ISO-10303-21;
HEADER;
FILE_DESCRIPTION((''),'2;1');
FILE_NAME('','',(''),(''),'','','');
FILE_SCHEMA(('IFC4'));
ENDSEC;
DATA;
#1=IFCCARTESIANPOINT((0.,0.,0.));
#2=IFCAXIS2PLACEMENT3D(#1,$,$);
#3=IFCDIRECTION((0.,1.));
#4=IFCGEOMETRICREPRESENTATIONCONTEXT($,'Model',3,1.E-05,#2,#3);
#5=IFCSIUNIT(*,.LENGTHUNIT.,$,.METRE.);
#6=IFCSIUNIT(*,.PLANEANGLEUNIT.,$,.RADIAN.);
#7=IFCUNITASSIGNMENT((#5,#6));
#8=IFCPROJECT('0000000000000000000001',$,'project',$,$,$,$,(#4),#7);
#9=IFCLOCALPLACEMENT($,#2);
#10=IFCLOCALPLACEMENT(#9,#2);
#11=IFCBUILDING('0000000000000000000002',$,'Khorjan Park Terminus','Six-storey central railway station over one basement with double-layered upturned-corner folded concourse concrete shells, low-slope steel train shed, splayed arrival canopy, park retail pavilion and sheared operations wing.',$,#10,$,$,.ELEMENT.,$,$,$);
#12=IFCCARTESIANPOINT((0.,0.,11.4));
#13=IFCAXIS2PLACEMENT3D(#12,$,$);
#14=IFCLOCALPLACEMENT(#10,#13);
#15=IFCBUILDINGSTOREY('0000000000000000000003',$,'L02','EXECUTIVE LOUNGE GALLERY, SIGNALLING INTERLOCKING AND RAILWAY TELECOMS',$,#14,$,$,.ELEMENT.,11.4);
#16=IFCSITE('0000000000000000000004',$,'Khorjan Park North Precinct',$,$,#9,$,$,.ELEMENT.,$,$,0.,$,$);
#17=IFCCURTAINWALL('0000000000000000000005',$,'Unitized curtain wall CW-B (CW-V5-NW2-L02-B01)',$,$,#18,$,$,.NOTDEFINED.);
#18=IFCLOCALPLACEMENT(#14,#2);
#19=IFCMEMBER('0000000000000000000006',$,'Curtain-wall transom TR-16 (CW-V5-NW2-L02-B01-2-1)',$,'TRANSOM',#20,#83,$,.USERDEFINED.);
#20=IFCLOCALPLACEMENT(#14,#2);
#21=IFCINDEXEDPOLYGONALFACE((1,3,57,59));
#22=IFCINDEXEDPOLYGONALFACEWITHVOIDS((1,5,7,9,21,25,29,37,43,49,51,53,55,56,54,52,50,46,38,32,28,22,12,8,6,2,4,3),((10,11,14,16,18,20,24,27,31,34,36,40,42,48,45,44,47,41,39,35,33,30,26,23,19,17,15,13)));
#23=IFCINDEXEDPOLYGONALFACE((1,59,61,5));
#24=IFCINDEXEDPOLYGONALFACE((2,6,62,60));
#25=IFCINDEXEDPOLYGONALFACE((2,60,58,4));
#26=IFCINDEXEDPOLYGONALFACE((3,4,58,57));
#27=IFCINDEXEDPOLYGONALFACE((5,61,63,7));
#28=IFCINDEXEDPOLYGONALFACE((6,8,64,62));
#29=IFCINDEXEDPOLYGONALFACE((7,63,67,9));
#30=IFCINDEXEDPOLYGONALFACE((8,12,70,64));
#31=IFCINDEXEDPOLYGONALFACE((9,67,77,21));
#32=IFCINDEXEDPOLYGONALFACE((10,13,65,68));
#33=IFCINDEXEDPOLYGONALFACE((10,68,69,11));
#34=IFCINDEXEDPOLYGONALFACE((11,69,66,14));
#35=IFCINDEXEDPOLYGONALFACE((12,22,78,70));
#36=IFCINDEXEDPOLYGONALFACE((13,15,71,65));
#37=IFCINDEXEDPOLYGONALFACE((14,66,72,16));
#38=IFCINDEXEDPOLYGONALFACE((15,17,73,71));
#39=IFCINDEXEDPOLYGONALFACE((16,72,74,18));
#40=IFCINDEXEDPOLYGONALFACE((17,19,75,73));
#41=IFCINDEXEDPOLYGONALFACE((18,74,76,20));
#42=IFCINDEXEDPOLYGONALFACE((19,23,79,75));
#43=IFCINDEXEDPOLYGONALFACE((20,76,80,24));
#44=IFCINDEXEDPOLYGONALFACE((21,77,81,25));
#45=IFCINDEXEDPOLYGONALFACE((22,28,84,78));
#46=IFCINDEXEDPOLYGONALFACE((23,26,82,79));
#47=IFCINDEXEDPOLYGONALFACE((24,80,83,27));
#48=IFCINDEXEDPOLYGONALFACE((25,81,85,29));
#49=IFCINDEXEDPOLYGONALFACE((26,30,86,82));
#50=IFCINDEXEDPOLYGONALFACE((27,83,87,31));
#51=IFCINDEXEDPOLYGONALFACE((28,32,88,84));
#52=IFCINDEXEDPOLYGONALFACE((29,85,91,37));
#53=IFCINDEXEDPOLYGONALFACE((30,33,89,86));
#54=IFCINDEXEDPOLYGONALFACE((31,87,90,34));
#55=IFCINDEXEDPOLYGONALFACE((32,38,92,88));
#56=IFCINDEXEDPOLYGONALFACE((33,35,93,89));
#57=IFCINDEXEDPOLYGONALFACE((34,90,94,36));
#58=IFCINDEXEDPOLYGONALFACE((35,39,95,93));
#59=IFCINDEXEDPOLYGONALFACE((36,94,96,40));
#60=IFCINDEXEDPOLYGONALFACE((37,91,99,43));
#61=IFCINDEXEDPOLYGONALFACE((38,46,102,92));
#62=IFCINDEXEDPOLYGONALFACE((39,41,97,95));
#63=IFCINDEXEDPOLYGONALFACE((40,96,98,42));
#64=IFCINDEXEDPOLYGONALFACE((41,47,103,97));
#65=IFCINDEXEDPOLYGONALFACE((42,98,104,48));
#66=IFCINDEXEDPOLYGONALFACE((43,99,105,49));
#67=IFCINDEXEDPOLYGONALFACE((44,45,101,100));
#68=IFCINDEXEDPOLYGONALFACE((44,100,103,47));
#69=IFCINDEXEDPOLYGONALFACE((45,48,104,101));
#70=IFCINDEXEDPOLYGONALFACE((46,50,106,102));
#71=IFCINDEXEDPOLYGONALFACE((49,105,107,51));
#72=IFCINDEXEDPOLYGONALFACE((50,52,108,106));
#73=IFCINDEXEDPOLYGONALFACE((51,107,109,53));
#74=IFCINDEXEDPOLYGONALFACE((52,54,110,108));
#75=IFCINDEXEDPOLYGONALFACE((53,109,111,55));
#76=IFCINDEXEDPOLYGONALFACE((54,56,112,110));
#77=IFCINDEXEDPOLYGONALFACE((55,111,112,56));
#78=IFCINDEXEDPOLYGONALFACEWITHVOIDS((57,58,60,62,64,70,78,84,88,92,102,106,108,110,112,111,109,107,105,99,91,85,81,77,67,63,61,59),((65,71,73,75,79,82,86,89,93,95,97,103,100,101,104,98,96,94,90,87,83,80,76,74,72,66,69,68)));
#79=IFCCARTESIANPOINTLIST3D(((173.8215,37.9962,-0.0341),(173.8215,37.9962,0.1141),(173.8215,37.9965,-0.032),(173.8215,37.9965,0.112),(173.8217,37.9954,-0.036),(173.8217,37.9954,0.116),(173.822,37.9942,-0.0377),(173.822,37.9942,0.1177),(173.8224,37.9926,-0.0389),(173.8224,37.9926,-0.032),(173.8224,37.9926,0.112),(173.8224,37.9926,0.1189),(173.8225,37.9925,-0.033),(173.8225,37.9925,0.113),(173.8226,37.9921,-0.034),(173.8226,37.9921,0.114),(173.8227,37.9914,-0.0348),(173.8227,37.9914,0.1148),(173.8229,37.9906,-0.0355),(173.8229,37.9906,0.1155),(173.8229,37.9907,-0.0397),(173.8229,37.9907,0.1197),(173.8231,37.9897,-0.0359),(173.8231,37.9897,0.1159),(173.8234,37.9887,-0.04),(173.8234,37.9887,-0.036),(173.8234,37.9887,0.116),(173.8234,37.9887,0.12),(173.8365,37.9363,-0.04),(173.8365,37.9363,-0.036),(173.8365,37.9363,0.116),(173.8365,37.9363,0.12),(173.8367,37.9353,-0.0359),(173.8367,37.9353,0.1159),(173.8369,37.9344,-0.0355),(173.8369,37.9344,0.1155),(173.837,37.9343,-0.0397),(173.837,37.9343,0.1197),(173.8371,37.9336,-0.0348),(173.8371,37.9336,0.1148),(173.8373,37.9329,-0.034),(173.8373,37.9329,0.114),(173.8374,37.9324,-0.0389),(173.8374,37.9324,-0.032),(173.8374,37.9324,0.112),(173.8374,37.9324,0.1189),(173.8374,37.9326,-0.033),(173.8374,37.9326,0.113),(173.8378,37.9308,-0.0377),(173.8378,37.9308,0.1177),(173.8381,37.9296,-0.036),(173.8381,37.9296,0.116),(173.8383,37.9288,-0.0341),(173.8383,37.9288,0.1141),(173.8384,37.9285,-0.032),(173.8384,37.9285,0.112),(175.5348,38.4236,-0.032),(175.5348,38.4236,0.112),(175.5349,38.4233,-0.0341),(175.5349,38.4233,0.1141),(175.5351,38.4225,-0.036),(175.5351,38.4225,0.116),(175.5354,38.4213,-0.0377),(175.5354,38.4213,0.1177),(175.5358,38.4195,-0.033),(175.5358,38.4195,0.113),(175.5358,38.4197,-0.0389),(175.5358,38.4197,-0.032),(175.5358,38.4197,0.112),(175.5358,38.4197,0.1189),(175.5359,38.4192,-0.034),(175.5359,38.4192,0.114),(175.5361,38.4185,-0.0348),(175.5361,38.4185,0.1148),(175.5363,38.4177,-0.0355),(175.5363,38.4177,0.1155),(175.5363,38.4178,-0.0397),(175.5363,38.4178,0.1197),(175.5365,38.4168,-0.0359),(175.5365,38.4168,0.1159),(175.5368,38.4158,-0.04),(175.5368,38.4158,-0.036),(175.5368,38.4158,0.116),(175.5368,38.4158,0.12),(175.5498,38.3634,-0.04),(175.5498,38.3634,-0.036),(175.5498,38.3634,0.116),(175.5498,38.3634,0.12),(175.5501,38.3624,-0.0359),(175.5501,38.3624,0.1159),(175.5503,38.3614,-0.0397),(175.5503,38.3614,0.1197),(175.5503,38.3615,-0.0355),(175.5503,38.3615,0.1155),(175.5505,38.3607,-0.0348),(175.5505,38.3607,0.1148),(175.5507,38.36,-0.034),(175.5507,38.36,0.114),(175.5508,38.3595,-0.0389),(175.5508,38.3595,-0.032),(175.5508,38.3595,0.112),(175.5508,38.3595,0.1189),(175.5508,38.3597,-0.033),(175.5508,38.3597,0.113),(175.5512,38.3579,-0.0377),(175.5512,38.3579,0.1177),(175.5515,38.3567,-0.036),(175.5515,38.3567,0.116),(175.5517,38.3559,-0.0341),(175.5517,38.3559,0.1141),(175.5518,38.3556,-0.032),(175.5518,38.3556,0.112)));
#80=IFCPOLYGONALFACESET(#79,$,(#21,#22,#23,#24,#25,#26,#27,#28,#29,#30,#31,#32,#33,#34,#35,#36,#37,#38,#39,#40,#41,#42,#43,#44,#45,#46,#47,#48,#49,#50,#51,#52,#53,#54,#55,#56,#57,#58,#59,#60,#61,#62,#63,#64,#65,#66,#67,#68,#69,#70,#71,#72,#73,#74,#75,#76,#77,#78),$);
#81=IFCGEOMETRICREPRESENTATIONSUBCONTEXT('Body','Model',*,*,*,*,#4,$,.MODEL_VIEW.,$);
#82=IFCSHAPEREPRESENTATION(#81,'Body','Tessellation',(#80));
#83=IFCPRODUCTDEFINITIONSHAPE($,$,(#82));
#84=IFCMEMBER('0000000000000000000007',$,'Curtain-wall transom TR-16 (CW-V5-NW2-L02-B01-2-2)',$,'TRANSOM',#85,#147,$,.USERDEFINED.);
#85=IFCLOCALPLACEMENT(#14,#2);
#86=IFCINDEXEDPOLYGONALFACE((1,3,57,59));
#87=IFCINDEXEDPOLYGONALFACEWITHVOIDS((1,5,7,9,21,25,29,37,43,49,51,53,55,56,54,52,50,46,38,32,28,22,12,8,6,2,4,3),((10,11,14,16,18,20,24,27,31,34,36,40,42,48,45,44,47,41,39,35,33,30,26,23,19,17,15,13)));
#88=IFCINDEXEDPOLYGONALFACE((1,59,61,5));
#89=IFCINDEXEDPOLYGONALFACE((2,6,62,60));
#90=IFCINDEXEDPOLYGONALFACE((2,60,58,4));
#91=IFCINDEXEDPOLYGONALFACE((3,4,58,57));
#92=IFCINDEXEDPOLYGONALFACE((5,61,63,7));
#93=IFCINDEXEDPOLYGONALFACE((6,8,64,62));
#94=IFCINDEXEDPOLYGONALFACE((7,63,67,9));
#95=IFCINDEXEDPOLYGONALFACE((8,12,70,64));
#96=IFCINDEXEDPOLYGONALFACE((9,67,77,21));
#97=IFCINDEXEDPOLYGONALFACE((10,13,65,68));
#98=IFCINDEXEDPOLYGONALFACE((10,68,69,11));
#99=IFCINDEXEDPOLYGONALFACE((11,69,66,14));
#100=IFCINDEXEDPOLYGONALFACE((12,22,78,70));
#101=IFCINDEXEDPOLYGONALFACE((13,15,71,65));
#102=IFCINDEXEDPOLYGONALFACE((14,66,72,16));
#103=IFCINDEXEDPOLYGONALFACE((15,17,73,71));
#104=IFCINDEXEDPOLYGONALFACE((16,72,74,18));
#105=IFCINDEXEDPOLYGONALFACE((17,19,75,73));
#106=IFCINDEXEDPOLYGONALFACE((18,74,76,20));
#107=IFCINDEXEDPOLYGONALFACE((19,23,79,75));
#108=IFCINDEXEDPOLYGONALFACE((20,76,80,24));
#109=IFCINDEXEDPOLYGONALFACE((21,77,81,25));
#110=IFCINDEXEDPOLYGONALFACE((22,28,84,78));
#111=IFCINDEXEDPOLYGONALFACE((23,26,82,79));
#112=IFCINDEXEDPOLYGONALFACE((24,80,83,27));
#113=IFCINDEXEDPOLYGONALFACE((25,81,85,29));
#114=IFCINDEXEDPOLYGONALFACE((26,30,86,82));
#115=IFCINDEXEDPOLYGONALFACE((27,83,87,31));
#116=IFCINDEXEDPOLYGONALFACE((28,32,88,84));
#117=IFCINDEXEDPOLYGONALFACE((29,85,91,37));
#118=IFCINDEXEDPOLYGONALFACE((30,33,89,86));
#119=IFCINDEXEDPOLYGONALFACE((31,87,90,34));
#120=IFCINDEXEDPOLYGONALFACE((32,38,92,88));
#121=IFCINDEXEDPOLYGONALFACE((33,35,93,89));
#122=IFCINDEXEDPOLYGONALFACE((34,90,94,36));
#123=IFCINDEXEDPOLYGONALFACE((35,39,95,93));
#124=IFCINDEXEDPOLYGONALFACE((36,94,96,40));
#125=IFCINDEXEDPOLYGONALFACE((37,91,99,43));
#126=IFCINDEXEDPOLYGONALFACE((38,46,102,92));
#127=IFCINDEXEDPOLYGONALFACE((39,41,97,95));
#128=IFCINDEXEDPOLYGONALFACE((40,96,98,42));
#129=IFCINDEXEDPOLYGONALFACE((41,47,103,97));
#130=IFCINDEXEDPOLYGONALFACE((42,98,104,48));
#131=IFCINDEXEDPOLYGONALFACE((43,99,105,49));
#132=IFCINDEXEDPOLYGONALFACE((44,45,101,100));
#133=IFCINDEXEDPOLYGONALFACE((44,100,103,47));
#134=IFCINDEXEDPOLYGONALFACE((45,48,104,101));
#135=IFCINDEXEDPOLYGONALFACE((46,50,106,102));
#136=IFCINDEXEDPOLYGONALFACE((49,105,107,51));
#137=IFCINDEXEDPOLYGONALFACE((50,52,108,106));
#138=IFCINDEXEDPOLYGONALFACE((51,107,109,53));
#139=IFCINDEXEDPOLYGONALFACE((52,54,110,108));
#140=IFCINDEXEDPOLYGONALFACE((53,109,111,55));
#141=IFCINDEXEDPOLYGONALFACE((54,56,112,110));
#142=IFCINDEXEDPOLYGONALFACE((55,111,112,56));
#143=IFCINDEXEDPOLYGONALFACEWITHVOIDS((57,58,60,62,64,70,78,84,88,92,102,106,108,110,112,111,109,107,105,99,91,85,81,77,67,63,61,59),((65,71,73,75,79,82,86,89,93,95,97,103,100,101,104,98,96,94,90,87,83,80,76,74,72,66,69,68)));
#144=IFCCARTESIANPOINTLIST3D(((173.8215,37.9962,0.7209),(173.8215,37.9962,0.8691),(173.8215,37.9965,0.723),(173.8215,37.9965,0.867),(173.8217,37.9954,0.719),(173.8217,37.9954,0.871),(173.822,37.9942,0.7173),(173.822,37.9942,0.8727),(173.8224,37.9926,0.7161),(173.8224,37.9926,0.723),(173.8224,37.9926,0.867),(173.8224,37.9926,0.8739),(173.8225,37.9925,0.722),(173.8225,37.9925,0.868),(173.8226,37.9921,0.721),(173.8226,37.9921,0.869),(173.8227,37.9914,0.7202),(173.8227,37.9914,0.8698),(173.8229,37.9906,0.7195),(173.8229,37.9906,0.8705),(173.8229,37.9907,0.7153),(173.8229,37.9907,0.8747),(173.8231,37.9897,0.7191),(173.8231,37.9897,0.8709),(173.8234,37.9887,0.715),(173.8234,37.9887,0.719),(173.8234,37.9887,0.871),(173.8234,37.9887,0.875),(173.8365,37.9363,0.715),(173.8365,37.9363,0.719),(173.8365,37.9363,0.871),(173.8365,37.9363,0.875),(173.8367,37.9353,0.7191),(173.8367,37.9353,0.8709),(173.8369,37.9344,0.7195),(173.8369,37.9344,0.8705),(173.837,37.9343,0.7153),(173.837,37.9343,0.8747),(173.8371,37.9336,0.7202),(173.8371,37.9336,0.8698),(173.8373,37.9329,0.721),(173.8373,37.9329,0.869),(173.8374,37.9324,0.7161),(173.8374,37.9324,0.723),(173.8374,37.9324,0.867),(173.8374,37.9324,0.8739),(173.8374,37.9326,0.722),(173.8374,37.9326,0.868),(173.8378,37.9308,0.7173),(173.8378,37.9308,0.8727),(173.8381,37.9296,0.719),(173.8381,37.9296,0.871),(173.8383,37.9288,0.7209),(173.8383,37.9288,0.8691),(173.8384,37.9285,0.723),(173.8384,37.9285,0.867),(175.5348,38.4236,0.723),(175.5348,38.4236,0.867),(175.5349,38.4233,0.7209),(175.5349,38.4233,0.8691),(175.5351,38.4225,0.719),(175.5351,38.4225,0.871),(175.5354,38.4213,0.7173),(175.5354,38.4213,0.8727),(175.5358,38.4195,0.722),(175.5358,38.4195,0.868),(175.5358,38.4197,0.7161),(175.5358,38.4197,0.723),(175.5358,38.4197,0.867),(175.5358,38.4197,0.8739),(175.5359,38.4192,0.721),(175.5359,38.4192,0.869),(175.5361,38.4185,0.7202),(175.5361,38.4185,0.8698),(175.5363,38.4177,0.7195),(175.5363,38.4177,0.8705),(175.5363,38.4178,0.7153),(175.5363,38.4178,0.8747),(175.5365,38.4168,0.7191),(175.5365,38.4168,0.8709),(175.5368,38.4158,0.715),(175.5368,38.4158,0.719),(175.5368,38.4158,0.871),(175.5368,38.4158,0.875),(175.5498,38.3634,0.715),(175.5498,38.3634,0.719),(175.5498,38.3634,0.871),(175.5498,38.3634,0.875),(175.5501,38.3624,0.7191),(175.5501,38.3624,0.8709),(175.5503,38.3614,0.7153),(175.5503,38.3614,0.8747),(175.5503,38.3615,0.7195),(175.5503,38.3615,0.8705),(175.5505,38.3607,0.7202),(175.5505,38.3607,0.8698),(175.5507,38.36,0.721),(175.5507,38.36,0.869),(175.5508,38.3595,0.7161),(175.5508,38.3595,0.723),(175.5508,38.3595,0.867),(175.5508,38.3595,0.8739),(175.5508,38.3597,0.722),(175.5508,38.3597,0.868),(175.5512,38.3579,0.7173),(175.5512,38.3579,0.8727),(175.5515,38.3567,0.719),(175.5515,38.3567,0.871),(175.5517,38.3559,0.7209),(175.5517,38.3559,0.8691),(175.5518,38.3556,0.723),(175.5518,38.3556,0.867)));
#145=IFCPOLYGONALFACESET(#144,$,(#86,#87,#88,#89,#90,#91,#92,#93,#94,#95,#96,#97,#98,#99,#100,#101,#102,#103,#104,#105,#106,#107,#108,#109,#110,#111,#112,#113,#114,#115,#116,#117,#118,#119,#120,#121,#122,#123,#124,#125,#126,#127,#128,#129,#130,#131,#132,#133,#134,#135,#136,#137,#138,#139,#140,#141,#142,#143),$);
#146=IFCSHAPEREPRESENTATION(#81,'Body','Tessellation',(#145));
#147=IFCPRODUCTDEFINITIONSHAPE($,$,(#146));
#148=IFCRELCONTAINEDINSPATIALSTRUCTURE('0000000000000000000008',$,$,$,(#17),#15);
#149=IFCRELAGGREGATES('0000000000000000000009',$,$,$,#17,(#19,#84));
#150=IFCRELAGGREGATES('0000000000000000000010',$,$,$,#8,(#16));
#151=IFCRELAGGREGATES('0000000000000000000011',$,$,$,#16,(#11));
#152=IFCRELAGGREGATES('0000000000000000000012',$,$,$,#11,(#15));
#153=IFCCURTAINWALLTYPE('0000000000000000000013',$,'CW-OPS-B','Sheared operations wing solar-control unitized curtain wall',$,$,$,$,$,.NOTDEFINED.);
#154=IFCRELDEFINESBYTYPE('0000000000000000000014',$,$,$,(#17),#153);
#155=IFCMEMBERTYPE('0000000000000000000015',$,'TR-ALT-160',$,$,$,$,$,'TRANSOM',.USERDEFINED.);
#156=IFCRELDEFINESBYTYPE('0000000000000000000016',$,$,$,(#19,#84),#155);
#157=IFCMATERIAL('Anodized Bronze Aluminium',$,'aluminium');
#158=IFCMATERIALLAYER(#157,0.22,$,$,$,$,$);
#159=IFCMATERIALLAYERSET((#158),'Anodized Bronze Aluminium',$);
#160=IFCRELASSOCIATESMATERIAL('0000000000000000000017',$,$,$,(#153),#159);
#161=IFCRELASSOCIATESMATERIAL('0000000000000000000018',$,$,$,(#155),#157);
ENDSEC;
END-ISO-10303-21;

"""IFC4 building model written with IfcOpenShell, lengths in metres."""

from ifc_helpers import new_model, si_unit, direction, frame, origin, origin_2d, place, context, subcontext, project, spatial, hollow_rectangle, extrude, material, layer, layer_set, material_profile, profile_set, type_object, element, aggregate, save


model = new_model("IFC4")

# Units and contexts
model_context = context("Model", 3, precision=1e-05, world=origin(), true_north=direction((0.0, 1.0)))
body_context = subcontext(model_context, "Body", "Model", "MODEL_VIEW")
ifc_project = project(units=[si_unit("LENGTHUNIT", "METRE"), si_unit("PLANEANGLEUNIT", "RADIAN")], contexts=[model_context])

# Site, building, storey
site_placement = place(None, origin())
site = spatial("IfcSite", under=ifc_project, at=site_placement, Name="Khorjan Park North Precinct", CompositionType="ELEMENT", RefElevation=0.0)
building_placement = place(site_placement, origin())
building = spatial("IfcBuilding", under=site, at=building_placement, Name="Khorjan Park Terminus", Description="Six-storey central railway station over one basement with double-layered upturned-corner folded concourse concrete shells, low-slope steel train shed, splayed arrival canopy, park retail pavilion and sheared operations wing.", CompositionType="ELEMENT")
storey_placement = place(building_placement, frame((0.0, 0.0, 11.4)))
storey = spatial("IfcBuildingStorey", under=building, at=storey_placement, Name="L02", Description="EXECUTIVE LOUNGE GALLERY, SIGNALLING INTERLOCKING AND RAILWAY TELECOMS", CompositionType="ELEMENT", Elevation=11.4)

# Shared definitions
ifc_material_1 = material(Name="Anodized Bronze Aluminium", Category="aluminium")
ifc_layer_1 = layer(ifc_material_1, 0.22)
ifc_layer_set_1 = layer_set([ifc_layer_1], Name="Anodized Bronze Aluminium")
curtain_wall_type = type_object("IfcCurtainWallType", Name="CW-OPS-B", Description="Sheared operations wing solar-control unitized curtain wall", PredefinedType="NOTDEFINED", material=ifc_layer_set_1)

# Curtain wall
curtain_wall_1_placement = place(storey_placement, origin())
curtain_wall_1 = element("IfcCurtainWall", 1, at=curtain_wall_1_placement, inside=storey, type_object=curtain_wall_type, Name="Unitized curtain wall CW-B (CW-V5-NW2-L02-B01)", PredefinedType="NOTDEFINED")

# Members
ifc_material_profile_1 = material_profile(ifc_material_1, hollow_rectangle(XDim=0.07, YDim=0.16, WallThickness=0.004, InnerFilletRadius=0.004, OuterFilletRadius=0.008, at=origin_2d()), Name="ALT 70x160x4")
ifc_profile_set_1 = profile_set([ifc_material_profile_1], Name="Anodized Bronze Aluminium")
member_type_1 = type_object("IfcMemberType", Name="TR-ALT-160", ElementType="TRANSOM", PredefinedType="USERDEFINED", material=ifc_profile_set_1)
member_1_placement = place(storey_placement, frame((175.5433, 38.3896, 0.04), z_axis=(-0.970309, -0.241869, 0.0), x_axis=(0.241869, -0.970309, 0.0)))
member_1 = element("IfcMember", 2, at=member_1_placement, type_object=member_type_1, Name="Curtain-wall transom TR-16 (CW-V5-NW2-L02-B01-2-1)", ObjectType="TRANSOM", PredefinedType="USERDEFINED", context=body_context, shape_type="SweptSolid", body=[
    extrude(hollow_rectangle(XDim=0.07, YDim=0.16, WallThickness=0.004, InnerFilletRadius=0.004, OuterFilletRadius=0.008, at=origin_2d()), origin(), (0.0, 0.0, 1.0), 1.7658),
])
member_2_placement = place(storey_placement, frame((175.5433, 38.3896, 0.795), z_axis=(-0.970309, -0.241869, 0.0), x_axis=(0.241869, -0.970309, 0.0)))
member_2 = element("IfcMember", 3, at=member_2_placement, type_object=member_type_1, Name="Curtain-wall transom TR-16 (CW-V5-NW2-L02-B01-2-2)", ObjectType="TRANSOM", PredefinedType="USERDEFINED", context=body_context, shape_type="SweptSolid", body=[
    extrude(hollow_rectangle(XDim=0.07, YDim=0.16, WallThickness=0.004, InnerFilletRadius=0.004, OuterFilletRadius=0.008, at=origin_2d()), origin(), (0.0, 0.0, 1.0), 1.7658),
])

aggregate(curtain_wall_1, [member_1, member_2])

save(model, "model.ifc")
